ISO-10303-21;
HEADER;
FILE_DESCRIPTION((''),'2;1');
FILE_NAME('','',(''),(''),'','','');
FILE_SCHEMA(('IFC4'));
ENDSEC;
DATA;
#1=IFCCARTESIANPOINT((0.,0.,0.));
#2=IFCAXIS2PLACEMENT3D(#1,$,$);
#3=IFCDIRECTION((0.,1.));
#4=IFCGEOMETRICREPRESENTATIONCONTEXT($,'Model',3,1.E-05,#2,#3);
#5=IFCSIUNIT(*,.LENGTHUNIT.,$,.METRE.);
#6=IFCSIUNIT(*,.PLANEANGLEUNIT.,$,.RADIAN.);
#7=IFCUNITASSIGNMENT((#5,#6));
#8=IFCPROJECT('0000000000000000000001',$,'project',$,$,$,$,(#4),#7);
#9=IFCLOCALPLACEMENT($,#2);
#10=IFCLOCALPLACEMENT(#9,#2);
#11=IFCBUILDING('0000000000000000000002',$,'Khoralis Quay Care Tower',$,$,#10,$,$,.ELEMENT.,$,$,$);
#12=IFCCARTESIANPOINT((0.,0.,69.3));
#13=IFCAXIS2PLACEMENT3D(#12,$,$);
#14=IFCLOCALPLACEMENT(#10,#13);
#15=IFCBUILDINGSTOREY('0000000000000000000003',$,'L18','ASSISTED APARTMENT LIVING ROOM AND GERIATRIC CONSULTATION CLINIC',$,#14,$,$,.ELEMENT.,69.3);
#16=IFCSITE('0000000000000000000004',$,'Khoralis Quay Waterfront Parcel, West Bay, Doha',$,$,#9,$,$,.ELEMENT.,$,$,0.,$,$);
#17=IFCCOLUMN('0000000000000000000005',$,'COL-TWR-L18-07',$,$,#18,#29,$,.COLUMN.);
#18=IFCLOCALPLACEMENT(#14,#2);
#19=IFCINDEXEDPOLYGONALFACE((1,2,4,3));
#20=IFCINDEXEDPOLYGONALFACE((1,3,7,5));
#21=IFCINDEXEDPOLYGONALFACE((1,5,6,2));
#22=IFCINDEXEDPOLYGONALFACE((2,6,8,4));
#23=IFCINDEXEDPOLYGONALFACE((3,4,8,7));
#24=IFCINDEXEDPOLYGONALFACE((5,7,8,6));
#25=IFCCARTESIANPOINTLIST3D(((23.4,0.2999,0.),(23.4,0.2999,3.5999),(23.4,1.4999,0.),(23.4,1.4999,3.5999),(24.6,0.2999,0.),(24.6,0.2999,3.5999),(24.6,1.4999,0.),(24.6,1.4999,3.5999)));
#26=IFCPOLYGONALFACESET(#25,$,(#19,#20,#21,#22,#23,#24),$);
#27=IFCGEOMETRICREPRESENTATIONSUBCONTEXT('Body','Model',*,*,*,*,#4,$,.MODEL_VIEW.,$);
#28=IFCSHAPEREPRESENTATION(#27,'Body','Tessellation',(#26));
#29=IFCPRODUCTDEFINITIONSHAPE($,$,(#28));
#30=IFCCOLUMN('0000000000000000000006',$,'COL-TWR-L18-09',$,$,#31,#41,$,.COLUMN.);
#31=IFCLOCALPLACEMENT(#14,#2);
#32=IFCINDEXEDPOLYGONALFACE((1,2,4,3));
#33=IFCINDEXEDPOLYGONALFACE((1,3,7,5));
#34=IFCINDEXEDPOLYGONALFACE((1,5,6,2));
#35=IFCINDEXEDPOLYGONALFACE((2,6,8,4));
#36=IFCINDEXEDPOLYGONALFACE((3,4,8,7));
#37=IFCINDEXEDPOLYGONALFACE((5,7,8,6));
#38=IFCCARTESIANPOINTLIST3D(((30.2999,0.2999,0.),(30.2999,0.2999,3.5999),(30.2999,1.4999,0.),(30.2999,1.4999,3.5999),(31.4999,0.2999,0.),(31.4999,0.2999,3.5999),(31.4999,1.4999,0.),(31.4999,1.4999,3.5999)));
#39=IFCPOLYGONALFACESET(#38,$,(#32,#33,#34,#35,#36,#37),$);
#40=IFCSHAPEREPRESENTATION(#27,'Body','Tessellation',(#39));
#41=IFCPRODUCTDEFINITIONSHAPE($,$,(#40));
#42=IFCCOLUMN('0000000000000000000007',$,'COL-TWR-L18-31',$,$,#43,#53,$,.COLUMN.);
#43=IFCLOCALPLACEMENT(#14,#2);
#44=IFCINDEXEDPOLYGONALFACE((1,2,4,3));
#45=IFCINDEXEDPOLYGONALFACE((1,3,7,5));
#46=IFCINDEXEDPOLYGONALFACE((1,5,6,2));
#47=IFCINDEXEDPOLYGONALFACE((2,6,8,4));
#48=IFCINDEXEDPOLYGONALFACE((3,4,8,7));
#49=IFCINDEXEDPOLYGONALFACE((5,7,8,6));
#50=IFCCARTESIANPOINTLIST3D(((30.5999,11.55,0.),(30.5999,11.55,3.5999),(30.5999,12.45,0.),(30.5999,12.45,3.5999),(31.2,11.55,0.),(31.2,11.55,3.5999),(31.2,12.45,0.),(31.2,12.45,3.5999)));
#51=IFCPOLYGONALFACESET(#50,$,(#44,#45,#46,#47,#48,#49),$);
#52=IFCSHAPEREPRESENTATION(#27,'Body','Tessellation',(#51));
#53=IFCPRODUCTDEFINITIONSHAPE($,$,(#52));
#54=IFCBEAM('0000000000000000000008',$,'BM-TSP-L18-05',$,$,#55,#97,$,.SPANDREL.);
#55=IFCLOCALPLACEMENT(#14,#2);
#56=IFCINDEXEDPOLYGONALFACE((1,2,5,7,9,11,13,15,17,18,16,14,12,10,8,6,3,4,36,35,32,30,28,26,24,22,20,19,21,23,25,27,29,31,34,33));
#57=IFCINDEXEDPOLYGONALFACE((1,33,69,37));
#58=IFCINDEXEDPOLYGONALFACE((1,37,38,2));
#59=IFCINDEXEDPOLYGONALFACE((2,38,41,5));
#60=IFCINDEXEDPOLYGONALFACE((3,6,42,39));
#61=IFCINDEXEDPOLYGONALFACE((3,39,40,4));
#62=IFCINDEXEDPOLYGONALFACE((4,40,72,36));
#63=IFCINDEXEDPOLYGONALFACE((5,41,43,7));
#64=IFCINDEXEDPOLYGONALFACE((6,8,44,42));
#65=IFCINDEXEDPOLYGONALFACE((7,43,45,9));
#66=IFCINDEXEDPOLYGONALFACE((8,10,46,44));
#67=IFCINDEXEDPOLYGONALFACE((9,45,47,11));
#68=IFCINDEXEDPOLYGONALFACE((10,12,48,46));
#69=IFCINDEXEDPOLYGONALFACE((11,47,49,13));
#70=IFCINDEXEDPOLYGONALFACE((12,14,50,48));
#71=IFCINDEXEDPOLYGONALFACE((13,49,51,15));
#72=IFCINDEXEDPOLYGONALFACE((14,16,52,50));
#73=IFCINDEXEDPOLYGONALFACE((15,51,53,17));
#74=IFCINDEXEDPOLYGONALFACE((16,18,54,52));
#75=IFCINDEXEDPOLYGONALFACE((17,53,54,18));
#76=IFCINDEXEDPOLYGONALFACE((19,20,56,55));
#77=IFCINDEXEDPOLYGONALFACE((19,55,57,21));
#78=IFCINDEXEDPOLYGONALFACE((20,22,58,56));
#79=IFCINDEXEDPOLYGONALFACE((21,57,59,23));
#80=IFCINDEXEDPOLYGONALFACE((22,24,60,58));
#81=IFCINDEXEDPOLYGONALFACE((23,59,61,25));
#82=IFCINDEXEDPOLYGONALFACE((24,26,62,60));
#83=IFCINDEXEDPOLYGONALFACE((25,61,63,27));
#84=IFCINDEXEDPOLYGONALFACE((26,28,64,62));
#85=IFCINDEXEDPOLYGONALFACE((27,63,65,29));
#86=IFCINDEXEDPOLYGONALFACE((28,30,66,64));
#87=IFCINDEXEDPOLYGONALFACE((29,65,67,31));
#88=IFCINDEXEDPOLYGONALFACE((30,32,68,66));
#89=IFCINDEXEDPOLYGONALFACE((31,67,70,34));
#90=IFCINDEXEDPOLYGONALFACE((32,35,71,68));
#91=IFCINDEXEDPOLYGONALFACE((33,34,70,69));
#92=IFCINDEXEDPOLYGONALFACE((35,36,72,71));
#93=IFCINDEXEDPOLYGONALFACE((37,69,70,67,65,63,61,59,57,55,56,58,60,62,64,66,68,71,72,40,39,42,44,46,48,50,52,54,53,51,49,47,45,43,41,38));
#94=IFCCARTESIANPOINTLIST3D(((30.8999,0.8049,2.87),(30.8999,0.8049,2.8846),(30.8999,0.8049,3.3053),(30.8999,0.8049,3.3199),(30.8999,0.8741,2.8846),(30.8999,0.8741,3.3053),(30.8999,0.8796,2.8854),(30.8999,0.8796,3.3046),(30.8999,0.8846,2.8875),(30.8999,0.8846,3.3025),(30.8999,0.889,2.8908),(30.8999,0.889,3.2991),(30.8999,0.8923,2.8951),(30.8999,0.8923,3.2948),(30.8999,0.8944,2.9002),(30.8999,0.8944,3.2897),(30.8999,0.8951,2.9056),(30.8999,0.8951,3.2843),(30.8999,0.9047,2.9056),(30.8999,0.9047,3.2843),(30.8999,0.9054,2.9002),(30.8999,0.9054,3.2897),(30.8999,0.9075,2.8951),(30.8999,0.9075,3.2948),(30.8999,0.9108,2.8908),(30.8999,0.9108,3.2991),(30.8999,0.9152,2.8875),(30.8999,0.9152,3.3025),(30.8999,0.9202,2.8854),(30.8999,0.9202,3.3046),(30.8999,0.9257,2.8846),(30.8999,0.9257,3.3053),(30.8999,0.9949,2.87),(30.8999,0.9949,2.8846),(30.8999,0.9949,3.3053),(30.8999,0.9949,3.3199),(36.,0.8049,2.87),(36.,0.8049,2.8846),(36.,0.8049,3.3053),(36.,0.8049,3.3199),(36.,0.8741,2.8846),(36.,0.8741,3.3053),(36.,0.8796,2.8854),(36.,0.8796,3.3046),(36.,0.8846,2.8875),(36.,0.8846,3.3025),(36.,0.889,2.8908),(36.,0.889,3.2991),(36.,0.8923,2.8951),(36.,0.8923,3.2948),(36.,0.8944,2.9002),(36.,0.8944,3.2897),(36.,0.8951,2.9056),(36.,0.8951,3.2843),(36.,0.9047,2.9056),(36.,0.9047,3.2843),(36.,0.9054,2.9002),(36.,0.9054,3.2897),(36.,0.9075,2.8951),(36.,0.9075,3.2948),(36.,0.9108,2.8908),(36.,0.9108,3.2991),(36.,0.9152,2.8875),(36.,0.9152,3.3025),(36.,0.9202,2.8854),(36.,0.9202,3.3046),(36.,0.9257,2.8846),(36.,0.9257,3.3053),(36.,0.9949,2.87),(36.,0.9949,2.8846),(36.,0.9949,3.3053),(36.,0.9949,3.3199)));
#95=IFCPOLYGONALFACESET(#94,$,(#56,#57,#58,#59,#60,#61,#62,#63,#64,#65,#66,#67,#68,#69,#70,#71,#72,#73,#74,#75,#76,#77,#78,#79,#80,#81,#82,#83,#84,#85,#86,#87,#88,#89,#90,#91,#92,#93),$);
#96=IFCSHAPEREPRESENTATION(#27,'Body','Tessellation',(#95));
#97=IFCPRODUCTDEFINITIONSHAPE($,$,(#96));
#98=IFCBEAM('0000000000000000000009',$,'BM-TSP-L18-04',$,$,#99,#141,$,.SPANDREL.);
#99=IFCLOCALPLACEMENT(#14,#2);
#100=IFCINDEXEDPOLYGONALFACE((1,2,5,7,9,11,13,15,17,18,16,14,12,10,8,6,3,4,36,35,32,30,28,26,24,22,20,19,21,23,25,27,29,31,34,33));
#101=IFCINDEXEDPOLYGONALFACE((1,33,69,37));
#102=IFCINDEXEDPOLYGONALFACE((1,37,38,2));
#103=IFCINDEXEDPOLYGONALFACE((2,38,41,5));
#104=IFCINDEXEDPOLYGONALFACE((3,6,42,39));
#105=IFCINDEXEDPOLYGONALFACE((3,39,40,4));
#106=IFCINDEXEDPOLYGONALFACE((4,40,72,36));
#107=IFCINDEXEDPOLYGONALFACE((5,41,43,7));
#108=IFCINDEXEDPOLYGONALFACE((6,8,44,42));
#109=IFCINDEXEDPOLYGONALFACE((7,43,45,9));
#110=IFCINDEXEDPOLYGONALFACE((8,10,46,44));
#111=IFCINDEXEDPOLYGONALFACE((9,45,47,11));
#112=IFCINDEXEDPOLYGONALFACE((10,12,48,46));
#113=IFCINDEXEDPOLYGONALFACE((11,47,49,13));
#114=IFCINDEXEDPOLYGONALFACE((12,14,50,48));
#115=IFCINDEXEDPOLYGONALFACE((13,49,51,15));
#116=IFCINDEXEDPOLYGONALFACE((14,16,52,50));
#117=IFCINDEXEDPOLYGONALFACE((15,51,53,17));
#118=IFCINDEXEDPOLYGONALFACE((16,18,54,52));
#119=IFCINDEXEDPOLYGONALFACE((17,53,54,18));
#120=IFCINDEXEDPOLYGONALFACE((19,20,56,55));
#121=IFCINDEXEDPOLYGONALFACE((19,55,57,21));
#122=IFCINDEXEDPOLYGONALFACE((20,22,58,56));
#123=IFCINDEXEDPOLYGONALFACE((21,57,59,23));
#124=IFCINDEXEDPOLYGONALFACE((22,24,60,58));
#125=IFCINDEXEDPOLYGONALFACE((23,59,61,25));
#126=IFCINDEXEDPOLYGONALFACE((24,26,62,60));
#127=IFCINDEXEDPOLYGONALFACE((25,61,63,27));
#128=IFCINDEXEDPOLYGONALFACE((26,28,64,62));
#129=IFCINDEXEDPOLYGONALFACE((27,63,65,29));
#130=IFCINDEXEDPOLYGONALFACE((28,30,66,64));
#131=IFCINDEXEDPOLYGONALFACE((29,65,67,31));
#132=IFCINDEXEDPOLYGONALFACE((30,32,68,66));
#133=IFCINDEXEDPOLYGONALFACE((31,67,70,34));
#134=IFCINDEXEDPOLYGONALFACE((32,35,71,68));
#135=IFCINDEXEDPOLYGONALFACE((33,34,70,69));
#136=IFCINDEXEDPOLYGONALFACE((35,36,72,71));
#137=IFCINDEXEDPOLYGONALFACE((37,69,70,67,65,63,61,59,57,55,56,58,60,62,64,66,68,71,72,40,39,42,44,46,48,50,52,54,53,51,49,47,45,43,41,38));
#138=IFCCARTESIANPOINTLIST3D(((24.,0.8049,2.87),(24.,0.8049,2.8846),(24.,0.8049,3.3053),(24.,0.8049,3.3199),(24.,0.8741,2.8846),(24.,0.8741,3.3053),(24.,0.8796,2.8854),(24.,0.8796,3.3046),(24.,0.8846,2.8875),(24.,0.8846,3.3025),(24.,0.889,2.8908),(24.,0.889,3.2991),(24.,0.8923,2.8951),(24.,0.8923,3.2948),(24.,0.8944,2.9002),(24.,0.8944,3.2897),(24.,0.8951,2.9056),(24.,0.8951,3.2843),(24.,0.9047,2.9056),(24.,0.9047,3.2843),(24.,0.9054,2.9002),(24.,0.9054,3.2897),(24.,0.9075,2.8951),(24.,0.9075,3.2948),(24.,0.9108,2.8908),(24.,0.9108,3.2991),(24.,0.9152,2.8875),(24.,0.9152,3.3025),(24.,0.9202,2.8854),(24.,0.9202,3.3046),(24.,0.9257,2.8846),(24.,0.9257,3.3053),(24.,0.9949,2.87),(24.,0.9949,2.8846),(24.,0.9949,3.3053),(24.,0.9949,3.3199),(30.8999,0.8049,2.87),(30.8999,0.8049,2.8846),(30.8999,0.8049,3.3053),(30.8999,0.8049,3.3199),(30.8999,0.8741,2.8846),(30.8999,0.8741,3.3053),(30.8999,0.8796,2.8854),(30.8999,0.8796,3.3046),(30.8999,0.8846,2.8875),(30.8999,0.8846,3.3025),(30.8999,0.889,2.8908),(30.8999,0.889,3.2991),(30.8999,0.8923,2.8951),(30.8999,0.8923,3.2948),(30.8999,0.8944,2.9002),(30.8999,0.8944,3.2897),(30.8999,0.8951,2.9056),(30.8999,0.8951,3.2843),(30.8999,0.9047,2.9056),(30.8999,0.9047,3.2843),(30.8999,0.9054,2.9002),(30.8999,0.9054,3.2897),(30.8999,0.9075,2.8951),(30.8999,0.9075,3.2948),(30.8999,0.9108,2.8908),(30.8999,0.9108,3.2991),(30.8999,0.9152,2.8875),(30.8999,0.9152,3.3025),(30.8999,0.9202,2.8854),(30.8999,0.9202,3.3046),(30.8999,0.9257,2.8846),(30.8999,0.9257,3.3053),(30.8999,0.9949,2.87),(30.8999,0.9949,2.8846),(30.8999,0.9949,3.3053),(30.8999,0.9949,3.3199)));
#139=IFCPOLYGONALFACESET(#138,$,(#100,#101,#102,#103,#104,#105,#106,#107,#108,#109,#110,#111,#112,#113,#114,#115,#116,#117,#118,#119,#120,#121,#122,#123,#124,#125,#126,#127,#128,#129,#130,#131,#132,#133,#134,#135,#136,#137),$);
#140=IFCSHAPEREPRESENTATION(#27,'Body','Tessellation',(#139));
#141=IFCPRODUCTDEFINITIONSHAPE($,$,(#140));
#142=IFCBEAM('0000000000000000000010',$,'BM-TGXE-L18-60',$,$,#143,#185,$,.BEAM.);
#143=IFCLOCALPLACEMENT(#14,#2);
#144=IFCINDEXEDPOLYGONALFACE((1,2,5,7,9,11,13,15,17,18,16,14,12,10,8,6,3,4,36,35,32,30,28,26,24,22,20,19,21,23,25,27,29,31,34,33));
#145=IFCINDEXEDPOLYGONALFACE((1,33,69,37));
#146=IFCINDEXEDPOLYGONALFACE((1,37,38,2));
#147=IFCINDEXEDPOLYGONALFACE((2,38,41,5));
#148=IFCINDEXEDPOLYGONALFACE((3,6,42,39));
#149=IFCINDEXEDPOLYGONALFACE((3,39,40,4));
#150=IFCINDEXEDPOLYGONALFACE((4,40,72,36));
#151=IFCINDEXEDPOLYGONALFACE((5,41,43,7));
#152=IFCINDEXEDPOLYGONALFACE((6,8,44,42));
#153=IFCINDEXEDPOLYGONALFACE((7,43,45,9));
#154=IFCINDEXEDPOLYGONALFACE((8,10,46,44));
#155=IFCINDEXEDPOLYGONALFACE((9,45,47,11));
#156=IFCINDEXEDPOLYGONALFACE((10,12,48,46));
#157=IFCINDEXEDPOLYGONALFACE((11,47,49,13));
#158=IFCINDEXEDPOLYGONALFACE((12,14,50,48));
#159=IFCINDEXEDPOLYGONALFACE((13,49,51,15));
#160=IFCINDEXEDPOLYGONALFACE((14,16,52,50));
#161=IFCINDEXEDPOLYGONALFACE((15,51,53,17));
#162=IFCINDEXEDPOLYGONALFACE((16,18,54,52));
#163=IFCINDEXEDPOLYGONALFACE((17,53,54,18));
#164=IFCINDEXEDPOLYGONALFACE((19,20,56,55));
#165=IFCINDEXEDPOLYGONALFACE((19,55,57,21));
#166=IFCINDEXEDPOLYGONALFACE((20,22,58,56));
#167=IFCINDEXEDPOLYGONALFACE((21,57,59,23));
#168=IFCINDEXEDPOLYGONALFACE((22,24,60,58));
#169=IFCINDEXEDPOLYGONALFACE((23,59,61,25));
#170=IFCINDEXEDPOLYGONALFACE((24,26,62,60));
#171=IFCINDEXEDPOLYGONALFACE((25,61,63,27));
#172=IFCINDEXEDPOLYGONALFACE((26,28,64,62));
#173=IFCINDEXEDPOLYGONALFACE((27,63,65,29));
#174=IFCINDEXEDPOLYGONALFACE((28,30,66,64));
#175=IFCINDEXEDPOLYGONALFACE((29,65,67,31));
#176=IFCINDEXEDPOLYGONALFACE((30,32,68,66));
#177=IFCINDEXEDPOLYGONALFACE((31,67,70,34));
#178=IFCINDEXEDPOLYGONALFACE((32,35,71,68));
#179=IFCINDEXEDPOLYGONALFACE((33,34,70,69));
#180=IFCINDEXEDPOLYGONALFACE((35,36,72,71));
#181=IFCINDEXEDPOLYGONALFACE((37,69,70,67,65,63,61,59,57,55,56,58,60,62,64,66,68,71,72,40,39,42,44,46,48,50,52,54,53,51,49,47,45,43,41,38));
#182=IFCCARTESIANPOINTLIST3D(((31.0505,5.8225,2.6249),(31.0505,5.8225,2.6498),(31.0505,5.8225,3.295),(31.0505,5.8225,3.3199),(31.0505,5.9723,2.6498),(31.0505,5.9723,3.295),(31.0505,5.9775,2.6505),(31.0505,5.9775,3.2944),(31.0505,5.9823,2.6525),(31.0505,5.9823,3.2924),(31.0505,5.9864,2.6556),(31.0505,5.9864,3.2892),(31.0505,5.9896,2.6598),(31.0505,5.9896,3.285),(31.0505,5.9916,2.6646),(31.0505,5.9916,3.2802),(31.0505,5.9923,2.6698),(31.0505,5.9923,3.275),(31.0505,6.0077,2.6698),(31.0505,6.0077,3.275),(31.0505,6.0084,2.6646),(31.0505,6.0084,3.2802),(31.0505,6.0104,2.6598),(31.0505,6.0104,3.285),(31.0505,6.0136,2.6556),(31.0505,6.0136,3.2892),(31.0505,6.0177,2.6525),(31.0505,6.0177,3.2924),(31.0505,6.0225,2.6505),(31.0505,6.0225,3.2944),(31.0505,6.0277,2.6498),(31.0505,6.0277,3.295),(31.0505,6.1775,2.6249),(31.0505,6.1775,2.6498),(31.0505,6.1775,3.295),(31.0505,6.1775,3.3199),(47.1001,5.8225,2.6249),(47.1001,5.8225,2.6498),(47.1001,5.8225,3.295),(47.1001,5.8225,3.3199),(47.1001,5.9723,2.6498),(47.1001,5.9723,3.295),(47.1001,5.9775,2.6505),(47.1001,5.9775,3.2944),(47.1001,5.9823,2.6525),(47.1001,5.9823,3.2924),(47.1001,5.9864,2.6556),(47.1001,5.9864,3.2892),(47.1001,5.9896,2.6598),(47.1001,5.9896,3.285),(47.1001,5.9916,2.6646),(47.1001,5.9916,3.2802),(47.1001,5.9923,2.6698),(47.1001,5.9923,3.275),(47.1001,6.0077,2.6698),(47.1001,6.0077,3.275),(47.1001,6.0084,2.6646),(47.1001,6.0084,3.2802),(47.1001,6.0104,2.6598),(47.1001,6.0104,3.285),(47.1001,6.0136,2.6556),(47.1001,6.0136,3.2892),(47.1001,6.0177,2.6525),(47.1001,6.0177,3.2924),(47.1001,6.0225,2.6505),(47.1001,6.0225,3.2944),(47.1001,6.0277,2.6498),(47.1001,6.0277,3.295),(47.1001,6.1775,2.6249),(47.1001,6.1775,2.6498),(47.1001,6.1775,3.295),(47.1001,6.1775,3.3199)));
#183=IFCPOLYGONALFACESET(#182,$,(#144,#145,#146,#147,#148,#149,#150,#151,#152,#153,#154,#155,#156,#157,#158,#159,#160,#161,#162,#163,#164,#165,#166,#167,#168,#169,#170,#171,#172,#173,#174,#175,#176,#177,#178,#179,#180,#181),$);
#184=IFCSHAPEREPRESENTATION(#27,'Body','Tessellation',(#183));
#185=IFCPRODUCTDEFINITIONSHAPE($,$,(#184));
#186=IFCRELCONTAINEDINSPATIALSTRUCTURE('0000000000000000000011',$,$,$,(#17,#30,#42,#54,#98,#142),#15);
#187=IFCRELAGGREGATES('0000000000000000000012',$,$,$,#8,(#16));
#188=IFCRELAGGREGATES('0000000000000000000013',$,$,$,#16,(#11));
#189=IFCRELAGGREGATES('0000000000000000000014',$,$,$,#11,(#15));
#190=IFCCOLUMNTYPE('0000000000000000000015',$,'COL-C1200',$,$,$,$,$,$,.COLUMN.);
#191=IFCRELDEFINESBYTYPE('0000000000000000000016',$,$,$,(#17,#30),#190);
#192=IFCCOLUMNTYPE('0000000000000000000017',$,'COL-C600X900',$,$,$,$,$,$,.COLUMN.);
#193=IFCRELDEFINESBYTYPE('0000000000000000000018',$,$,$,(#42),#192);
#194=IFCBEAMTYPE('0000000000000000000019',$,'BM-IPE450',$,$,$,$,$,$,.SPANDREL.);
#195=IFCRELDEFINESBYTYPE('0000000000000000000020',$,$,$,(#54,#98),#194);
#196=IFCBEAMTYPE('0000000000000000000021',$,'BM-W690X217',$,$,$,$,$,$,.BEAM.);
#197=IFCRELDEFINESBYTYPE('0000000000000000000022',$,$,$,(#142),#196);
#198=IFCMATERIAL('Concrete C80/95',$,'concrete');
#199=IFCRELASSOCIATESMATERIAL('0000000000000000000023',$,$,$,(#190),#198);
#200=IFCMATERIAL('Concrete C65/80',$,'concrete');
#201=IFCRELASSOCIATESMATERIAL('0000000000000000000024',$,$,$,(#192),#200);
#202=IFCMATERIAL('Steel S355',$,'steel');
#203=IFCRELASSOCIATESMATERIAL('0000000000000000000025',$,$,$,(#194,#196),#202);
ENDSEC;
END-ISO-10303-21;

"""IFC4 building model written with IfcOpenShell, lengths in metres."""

from ifc_helpers import new_model, si_unit, direction, frame, origin, origin_2d, place, context, subcontext, project, spatial, rectangle, i_section, extrude, source, transform, mapped, material, material_profile, profile_set, type_object, element, save


model = new_model("IFC4")

# Units and contexts
model_context = context("Model", 3, precision=1e-05, world=origin(), true_north=direction((0.0, 1.0)))
body_context = subcontext(model_context, "Body", "Model", "MODEL_VIEW")
ifc_project = project(units=[si_unit("LENGTHUNIT", "METRE"), si_unit("PLANEANGLEUNIT", "RADIAN")], contexts=[model_context])

# Site, building, storey
site_placement = place(None, origin())
site = spatial("IfcSite", under=ifc_project, at=site_placement, Name="Khoralis Quay Waterfront Parcel, West Bay, Doha", CompositionType="ELEMENT", RefElevation=0.0)
building_placement = place(site_placement, origin())
building = spatial("IfcBuilding", under=site, at=building_placement, Name="Khoralis Quay Care Tower", CompositionType="ELEMENT")
storey_placement = place(building_placement, frame((0.0, 0.0, 69.3)))
storey = spatial("IfcBuildingStorey", under=building, at=storey_placement, Name="L18", Description="ASSISTED APARTMENT LIVING ROOM AND GERIATRIC CONSULTATION CLINIC", CompositionType="ELEMENT", Elevation=69.3)

# Columns
ifc_material_1 = material(Name="Concrete C80/95", Category="concrete")
ifc_material_profile_1 = material_profile(ifc_material_1, rectangle(XDim=1.2, YDim=1.2, at=origin_2d()), Name="Concrete C80/95")
ifc_profile_set_1 = profile_set([ifc_material_profile_1], Name="Concrete C80/95")
column_type_1 = type_object("IfcColumnType", Name="COL-C1200", PredefinedType="COLUMN", material=ifc_profile_set_1)
shared_shape_1 = source(origin(), body_context, "Body", "SweptSolid", [
    extrude(rectangle(XDim=1.2, YDim=1.2, at=origin_2d()), origin(), (0.0, 0.0, 1.0), 3.5999),
])
for number, where, z_axis, x_axis, name in (
    (1, (24.0, 0.8999, 0.0), (0.0, 0.0, 1.0), (1.0, 0.0, 0.0), "COL-TWR-L18-07"),
    (2, (30.8999, 0.8999, 0.0), (0.0, 0.0, 1.0), (1.0, 0.0, 0.0), "COL-TWR-L18-09"),
):
    element("IfcColumn", number, at=place(storey_placement, frame(where, z_axis=z_axis, x_axis=x_axis)), inside=storey, type_object=column_type_1, Name=name, PredefinedType="COLUMN", context=body_context, shape_type="MappedRepresentation", body=[
        mapped(shared_shape_1, transform((0.0, 0.0, 0.0), scale=1.0)),
    ])
ifc_material_2 = material(Name="Concrete C65/80", Category="concrete")
ifc_material_profile_2 = material_profile(ifc_material_2, rectangle(XDim=0.6001, YDim=0.8999, at=origin_2d()), Name="Concrete C65/80")
ifc_profile_set_2 = profile_set([ifc_material_profile_2], Name="Concrete C65/80")
column_type_2 = type_object("IfcColumnType", Name="COL-C600X900", PredefinedType="COLUMN", material=ifc_profile_set_2)
shared_shape_2 = source(origin(), body_context, "Body", "SweptSolid", [
    extrude(rectangle(XDim=0.6001, YDim=0.8999, at=origin_2d()), origin(), (0.0, 0.0, 1.0), 3.5999),
])
column_placement = place(storey_placement, frame((30.8999, 12.0, 0.0), z_axis=(0.0, 0.0, 1.0), x_axis=(1.0, 0.0, 0.0)))
element("IfcColumn", 3, at=column_placement, inside=storey, type_object=column_type_2, Name="COL-TWR-L18-31", PredefinedType="COLUMN", context=body_context, shape_type="MappedRepresentation", body=[
    mapped(shared_shape_2, transform((0.0, 0.0, 0.0), scale=1.0)),
])

# Beams
ifc_material_3 = material(Name="Steel S355", Category="steel")
ifc_material_profile_3 = material_profile(ifc_material_3, i_section(OverallWidth=0.1899, OverallDepth=0.45, WebThickness=0.0095, FlangeThickness=0.0146, FilletRadius=0.021, at=origin_2d()), Name="Steel S355")
ifc_profile_set_3 = profile_set([ifc_material_profile_3], Name="Steel S355")
beam_type_1 = type_object("IfcBeamType", Name="BM-IPE450", PredefinedType="SPANDREL", material=ifc_profile_set_3)
shared_shape_3 = source(origin(), body_context, "Body", "SweptSolid", [
    extrude(i_section(OverallWidth=0.1899, OverallDepth=0.45, WebThickness=0.0095, FlangeThickness=0.0146, FilletRadius=0.021, at=origin_2d()), origin(), (0.0, 0.0, 1.0), 5.1001),
])
beam_1_placement = place(storey_placement, frame((30.8999, 0.8999, 3.095), z_axis=(1.0, 0.0, 0.0), x_axis=(0.0, 1.0, 0.0)))
element("IfcBeam", 4, at=beam_1_placement, inside=storey, type_object=beam_type_1, Name="BM-TSP-L18-05", PredefinedType="SPANDREL", context=body_context, shape_type="MappedRepresentation", body=[
    mapped(shared_shape_3, transform((0.0, 0.0, 0.0), scale=1.0)),
])
shared_shape_4 = source(origin(), body_context, "Body", "SweptSolid", [
    extrude(i_section(OverallWidth=0.1899, OverallDepth=0.45, WebThickness=0.0095, FlangeThickness=0.0146, FilletRadius=0.021, at=origin_2d()), origin(), (0.0, 0.0, 1.0), 6.8999),
])
beam_2_placement = place(storey_placement, frame((24.0, 0.8999, 3.095), z_axis=(1.0, 0.0, 0.0), x_axis=(0.0, 1.0, 0.0)))
element("IfcBeam", 5, at=beam_2_placement, inside=storey, type_object=beam_type_1, Name="BM-TSP-L18-04", PredefinedType="SPANDREL", context=body_context, shape_type="MappedRepresentation", body=[
    mapped(shared_shape_4, transform((0.0, 0.0, 0.0), scale=1.0)),
])
ifc_material_profile_4 = material_profile(ifc_material_3, i_section(OverallWidth=0.355, OverallDepth=0.6951, WebThickness=0.0154, FlangeThickness=0.0249, FilletRadius=0.02, at=origin_2d()), Name="Steel S355")
ifc_profile_set_4 = profile_set([ifc_material_profile_4], Name="Steel S355")
beam_type_2 = type_object("IfcBeamType", Name="BM-W690X217", PredefinedType="BEAM", material=ifc_profile_set_4)
shared_shape_5 = source(origin(), body_context, "Body", "SweptSolid", [
    extrude(i_section(OverallWidth=0.355, OverallDepth=0.6951, WebThickness=0.0154, FlangeThickness=0.0249, FilletRadius=0.02, at=origin_2d()), origin(), (0.0, 0.0, 1.0), 16.0496),
])
beam_3_placement = place(storey_placement, frame((31.0505, 6.0, 2.9724), z_axis=(1.0, 0.0, 0.0), x_axis=(0.0, 1.0, 0.0)))
element("IfcBeam", 6, at=beam_3_placement, inside=storey, type_object=beam_type_2, Name="BM-TGXE-L18-60", PredefinedType="BEAM", context=body_context, shape_type="MappedRepresentation", body=[
    mapped(shared_shape_5, transform((0.0, 0.0, 0.0), scale=1.0)),
])

save(model, "model.ifc")
